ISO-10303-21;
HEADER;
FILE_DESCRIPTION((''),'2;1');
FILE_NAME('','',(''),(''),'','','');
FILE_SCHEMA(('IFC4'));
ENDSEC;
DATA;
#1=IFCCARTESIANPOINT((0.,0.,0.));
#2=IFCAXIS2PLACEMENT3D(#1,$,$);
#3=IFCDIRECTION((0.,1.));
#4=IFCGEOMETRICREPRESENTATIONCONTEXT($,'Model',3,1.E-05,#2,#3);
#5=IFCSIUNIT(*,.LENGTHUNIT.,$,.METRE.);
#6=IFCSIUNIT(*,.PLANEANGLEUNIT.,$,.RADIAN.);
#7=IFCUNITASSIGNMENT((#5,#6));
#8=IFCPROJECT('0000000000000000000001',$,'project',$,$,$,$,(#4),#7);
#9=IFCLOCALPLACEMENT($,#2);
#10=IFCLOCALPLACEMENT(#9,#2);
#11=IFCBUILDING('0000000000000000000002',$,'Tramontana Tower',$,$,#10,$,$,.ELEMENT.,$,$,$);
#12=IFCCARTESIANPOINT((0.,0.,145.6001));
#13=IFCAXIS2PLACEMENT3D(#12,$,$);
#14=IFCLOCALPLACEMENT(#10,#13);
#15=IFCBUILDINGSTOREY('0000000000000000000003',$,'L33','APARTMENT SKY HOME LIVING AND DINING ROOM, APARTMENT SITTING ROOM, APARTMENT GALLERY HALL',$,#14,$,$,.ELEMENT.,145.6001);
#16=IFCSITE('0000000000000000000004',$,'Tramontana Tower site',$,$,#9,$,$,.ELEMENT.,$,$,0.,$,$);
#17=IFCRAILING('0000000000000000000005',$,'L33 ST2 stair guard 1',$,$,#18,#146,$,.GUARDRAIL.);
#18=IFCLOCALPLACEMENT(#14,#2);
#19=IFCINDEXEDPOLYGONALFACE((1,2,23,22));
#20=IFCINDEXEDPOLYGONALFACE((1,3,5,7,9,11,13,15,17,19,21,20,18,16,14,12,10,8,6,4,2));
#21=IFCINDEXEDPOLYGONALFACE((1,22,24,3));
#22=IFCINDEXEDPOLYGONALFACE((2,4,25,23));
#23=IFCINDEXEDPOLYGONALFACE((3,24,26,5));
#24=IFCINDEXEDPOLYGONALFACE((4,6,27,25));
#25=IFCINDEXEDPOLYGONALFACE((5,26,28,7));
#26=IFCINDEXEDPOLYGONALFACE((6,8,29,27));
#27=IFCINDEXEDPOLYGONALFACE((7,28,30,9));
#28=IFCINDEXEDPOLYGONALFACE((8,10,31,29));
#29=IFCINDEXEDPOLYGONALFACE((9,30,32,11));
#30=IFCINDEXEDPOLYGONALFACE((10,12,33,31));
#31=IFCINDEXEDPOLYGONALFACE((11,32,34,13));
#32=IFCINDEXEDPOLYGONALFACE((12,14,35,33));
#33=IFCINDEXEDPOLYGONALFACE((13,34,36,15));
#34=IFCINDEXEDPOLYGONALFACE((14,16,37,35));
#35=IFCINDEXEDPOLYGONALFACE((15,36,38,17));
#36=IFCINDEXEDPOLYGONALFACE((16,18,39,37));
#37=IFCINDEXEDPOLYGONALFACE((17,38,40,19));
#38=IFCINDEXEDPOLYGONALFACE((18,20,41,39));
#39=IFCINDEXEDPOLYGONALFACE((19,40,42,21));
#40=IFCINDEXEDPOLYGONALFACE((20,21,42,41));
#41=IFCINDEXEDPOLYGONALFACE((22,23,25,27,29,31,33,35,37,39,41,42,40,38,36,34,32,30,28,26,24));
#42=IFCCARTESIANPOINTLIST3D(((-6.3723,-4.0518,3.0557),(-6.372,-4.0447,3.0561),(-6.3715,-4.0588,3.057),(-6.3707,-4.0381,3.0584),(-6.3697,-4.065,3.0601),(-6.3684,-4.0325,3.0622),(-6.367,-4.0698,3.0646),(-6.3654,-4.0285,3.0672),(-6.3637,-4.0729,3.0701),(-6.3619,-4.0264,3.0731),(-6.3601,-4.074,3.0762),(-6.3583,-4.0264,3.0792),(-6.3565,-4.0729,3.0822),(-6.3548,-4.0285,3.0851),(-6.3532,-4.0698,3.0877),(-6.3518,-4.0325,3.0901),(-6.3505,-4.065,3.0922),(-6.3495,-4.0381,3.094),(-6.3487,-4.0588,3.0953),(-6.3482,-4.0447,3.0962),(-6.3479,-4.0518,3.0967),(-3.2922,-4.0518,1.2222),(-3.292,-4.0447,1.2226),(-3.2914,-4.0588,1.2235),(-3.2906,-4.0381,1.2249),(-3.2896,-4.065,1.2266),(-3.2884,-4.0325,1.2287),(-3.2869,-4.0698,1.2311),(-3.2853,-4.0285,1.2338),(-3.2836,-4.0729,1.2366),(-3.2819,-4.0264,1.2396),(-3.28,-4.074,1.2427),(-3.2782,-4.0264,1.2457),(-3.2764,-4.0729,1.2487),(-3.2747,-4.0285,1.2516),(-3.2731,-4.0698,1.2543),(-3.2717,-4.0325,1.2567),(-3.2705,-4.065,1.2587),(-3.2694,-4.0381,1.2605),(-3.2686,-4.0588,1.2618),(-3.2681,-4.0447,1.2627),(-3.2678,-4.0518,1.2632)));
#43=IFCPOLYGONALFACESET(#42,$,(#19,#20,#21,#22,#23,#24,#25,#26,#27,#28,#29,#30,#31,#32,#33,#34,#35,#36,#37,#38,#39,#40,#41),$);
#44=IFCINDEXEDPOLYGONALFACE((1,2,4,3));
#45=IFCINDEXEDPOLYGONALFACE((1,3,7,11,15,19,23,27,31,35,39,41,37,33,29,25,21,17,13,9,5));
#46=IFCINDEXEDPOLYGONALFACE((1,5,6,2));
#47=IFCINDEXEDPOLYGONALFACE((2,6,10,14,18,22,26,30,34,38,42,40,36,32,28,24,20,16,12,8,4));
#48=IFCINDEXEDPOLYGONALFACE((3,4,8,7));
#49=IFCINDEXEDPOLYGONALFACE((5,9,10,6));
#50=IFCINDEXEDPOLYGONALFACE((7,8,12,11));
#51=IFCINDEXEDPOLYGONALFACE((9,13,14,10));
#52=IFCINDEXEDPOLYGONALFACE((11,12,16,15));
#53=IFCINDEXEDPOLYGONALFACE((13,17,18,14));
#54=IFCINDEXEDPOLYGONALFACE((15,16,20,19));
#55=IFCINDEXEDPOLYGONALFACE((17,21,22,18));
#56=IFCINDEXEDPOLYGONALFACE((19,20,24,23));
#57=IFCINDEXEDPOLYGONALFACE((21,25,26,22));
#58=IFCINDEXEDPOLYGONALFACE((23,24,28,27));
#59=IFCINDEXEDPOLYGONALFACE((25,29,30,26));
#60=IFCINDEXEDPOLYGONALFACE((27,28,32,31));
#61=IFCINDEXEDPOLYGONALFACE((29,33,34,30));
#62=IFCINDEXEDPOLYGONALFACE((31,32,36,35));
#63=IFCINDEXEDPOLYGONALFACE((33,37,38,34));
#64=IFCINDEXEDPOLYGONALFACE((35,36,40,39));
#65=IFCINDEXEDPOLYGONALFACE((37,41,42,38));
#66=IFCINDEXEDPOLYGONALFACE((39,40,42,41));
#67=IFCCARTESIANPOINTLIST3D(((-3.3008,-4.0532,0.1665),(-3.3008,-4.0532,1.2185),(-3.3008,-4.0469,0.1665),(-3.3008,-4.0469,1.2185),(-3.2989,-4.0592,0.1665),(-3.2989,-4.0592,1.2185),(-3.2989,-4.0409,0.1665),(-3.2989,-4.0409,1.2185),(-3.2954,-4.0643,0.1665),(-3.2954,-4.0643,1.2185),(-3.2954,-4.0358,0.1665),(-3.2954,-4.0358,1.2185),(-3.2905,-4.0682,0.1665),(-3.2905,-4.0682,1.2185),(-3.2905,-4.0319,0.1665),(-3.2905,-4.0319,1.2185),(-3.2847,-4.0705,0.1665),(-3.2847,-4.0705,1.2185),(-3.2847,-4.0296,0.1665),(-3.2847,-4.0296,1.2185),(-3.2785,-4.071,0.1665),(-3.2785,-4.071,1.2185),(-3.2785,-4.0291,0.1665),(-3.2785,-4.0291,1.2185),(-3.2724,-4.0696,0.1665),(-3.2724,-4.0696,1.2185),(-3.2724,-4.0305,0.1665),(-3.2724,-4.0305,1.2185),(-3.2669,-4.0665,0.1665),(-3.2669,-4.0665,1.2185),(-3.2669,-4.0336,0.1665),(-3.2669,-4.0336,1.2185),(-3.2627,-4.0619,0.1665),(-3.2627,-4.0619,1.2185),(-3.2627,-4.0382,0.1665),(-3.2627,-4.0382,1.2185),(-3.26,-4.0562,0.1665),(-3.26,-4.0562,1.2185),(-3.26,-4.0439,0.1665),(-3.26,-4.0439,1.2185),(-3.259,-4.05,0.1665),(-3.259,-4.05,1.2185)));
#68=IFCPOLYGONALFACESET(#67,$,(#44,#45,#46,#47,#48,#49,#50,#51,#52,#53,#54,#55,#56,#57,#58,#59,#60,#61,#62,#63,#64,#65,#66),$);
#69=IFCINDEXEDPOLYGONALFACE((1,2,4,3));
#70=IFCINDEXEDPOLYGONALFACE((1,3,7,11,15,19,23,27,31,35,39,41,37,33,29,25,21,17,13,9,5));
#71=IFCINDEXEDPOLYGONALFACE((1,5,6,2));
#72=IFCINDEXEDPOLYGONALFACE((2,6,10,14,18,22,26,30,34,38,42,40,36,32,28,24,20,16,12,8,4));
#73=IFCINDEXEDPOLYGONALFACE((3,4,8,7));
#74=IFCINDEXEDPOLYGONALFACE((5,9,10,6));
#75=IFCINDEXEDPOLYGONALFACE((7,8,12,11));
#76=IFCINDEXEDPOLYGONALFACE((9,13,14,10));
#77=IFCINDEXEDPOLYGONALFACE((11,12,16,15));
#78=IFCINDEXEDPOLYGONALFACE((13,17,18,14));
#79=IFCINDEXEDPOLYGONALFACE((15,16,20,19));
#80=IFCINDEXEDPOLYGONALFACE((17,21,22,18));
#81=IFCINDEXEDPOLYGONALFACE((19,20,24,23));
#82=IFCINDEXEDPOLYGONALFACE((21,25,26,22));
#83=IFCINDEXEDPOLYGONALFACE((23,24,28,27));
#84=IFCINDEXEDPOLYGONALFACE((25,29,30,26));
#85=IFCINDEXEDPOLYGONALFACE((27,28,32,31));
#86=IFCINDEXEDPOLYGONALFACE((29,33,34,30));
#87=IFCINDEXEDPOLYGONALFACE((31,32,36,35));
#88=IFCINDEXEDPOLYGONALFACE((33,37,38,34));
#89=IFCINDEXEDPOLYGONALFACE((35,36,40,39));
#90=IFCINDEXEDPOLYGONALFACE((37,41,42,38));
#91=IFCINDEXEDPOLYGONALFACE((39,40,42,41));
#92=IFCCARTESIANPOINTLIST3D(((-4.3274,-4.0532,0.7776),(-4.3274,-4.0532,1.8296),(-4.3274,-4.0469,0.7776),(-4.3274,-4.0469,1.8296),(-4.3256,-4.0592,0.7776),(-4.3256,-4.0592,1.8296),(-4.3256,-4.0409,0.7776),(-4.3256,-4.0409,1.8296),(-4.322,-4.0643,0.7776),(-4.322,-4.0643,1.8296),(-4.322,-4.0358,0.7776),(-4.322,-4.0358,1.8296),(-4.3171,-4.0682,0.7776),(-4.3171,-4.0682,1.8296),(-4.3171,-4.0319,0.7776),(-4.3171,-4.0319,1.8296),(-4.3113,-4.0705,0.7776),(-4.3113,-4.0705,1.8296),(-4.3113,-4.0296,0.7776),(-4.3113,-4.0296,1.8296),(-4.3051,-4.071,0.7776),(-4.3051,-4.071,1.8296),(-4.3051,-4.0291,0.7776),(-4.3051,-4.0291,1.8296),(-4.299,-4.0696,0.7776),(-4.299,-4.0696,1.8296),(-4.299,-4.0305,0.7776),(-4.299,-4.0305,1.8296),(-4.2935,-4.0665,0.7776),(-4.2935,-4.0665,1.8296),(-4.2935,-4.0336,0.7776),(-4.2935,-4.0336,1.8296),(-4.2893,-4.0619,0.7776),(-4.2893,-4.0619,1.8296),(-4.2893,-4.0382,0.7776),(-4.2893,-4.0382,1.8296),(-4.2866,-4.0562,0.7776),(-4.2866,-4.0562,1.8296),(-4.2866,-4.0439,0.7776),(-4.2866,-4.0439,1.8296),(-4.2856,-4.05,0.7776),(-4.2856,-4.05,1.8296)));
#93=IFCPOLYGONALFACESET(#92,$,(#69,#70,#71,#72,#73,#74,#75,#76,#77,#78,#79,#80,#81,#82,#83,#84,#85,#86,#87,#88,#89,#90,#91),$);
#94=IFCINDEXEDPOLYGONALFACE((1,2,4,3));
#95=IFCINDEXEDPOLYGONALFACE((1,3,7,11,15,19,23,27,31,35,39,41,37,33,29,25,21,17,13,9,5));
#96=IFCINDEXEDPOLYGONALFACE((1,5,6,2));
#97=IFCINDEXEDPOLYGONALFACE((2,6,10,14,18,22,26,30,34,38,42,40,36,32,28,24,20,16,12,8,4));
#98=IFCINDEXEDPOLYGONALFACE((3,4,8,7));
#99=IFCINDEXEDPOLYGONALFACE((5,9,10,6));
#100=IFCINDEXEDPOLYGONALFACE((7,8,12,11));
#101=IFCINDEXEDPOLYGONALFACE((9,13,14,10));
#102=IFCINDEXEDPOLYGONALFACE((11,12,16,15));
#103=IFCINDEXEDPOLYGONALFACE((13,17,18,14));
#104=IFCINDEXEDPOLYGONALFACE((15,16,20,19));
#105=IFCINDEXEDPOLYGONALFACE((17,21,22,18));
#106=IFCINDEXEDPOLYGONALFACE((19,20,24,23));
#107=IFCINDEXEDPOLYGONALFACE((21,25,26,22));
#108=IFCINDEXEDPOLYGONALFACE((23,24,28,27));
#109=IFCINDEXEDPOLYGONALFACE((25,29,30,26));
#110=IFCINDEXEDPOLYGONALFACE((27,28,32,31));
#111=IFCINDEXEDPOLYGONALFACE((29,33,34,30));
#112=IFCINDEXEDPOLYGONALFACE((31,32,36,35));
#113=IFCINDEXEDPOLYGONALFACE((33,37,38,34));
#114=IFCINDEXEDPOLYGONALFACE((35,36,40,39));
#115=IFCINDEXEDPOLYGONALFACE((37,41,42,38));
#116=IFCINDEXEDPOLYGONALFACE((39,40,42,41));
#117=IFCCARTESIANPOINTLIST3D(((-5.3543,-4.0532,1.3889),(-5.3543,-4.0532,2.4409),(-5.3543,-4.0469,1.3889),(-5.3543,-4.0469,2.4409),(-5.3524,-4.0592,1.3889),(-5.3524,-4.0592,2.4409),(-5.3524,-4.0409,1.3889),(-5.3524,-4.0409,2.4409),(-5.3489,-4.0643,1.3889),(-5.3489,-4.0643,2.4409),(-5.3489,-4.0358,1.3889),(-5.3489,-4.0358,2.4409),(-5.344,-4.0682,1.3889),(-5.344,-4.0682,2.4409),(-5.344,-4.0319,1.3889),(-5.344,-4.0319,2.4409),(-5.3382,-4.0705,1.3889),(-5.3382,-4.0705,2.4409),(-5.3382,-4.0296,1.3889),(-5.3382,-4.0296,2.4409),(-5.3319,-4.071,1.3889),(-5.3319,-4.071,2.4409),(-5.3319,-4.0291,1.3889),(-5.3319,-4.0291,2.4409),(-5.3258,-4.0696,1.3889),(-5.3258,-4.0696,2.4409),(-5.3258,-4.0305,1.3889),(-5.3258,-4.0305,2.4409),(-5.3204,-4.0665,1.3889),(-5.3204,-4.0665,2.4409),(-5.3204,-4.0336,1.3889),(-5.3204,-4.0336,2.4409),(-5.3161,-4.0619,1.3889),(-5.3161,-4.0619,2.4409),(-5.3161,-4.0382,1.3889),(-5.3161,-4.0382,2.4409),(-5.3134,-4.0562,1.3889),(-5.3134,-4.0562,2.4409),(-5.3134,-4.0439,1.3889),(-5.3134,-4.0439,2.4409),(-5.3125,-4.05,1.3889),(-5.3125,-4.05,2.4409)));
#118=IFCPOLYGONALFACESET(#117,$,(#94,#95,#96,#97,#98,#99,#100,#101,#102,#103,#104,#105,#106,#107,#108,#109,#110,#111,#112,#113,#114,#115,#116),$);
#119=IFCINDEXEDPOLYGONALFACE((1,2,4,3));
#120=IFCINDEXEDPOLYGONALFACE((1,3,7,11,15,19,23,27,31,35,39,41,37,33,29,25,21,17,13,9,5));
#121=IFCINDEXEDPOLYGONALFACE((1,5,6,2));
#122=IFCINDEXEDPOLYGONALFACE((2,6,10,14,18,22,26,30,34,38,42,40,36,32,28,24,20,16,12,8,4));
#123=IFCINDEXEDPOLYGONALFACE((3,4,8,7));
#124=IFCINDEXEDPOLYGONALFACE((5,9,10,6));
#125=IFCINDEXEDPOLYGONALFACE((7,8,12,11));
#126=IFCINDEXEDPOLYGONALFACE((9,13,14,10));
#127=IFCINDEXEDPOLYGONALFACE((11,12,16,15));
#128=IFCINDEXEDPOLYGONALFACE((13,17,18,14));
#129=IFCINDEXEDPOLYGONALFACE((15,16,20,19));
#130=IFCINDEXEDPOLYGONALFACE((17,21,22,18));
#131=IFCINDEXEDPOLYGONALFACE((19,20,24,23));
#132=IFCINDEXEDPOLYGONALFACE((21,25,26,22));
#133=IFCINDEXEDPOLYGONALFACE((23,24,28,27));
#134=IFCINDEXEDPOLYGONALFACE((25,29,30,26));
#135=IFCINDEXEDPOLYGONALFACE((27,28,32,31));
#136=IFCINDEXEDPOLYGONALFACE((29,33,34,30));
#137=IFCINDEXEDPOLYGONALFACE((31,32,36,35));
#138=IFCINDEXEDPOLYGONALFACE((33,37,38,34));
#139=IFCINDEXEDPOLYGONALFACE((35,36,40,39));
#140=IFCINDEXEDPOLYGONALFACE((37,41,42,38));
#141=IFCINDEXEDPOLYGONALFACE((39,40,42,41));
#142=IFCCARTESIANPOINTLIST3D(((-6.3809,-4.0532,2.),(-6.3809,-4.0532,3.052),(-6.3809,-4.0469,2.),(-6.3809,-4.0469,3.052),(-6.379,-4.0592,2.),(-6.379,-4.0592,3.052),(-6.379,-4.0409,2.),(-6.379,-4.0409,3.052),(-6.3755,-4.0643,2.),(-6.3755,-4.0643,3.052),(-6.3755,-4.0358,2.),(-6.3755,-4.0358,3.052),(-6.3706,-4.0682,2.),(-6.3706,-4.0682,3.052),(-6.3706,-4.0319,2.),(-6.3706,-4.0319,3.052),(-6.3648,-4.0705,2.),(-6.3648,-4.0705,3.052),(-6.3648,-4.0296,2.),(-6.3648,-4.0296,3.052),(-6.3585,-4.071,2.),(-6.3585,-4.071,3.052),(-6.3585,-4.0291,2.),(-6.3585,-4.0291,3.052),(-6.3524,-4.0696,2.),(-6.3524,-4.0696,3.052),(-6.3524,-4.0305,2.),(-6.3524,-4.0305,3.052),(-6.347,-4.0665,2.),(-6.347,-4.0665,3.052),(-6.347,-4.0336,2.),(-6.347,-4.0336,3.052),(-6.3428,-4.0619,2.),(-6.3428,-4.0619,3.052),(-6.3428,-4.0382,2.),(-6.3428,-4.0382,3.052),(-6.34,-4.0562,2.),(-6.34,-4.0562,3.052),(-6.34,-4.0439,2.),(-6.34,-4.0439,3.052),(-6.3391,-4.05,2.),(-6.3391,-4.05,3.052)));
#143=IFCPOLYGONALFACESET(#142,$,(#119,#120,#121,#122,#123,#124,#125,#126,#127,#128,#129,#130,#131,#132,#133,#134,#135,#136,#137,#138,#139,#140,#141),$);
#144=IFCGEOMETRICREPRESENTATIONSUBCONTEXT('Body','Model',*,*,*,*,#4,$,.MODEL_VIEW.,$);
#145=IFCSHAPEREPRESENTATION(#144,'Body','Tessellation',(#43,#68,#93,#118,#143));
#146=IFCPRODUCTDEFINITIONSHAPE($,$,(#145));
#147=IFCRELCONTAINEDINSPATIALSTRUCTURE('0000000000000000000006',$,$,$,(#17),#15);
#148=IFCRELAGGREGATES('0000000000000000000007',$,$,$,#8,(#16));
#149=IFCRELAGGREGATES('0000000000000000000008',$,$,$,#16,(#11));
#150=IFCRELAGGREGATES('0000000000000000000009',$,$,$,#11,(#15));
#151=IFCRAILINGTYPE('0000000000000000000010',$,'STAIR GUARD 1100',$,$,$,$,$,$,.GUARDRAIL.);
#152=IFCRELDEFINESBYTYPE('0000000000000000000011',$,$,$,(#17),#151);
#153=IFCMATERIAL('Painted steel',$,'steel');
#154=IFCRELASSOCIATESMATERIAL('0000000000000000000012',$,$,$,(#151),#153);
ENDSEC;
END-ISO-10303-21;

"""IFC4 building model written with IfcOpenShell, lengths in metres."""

from ifc_helpers import new_model, si_unit, direction, frame, origin, origin_2d, place, context, subcontext, project, spatial, circle, extrude, material, type_object, element, save


model = new_model("IFC4")

# Units and contexts
model_context = context("Model", 3, precision=1e-05, world=origin(), true_north=direction((0.0, 1.0)))
body_context = subcontext(model_context, "Body", "Model", "MODEL_VIEW")
ifc_project = project(units=[si_unit("LENGTHUNIT", "METRE"), si_unit("PLANEANGLEUNIT", "RADIAN")], contexts=[model_context])

# Site, building, storey
site_placement = place(None, origin())
site = spatial("IfcSite", under=ifc_project, at=site_placement, Name="Tramontana Tower site", CompositionType="ELEMENT", RefElevation=0.0)
building_placement = place(site_placement, origin())
building = spatial("IfcBuilding", under=site, at=building_placement, Name="Tramontana Tower", CompositionType="ELEMENT")
storey_placement = place(building_placement, frame((0.0, 0.0, 145.6001)))
storey = spatial("IfcBuildingStorey", under=building, at=storey_placement, Name="L33", Description="APARTMENT SKY HOME LIVING AND DINING ROOM, APARTMENT SITTING ROOM, APARTMENT GALLERY HALL", CompositionType="ELEMENT", Elevation=145.6001)

# Railing
ifc_material_1 = material(Name="Painted steel", Category="steel")
railing_type_1 = type_object("IfcRailingType", Name="STAIR GUARD 1100", PredefinedType="GUARDRAIL", material=ifc_material_1)
railing_1_placement = place(storey_placement, frame((-3.28, -4.05, 0.1665)))
element("IfcRailing", 1, at=railing_1_placement, inside=storey, type_object=railing_type_1, Name="L33 ST2 stair guard 1", PredefinedType="GUARDRAIL", context=body_context, shape_type="SweptSolid", body=[
    extrude(circle(Radius=0.0239, at=origin_2d()), frame((0.0, 0.0, 1.0762), z_axis=(-0.859279, 0.0, 0.511508), x_axis=(0.0, -1.0, 0.0)), (0.0, 0.0, 1.0), 3.5845),
    extrude(circle(Radius=0.021, at=origin_2d()), origin(), (0.0, 0.0, 1.0), 1.052),
    extrude(circle(Radius=0.021, at=origin_2d()), frame((-1.0266, 0.0, 0.6111)), (0.0, 0.0, 1.0), 1.052),
    extrude(circle(Radius=0.021, at=origin_2d()), frame((-2.0535, 0.0, 1.2224)), (0.0, 0.0, 1.0), 1.052),
    extrude(circle(Radius=0.021, at=origin_2d()), frame((-3.0801, 0.0, 1.8335)), (0.0, 0.0, 1.0), 1.052),
])

save(model, "model.ifc")
